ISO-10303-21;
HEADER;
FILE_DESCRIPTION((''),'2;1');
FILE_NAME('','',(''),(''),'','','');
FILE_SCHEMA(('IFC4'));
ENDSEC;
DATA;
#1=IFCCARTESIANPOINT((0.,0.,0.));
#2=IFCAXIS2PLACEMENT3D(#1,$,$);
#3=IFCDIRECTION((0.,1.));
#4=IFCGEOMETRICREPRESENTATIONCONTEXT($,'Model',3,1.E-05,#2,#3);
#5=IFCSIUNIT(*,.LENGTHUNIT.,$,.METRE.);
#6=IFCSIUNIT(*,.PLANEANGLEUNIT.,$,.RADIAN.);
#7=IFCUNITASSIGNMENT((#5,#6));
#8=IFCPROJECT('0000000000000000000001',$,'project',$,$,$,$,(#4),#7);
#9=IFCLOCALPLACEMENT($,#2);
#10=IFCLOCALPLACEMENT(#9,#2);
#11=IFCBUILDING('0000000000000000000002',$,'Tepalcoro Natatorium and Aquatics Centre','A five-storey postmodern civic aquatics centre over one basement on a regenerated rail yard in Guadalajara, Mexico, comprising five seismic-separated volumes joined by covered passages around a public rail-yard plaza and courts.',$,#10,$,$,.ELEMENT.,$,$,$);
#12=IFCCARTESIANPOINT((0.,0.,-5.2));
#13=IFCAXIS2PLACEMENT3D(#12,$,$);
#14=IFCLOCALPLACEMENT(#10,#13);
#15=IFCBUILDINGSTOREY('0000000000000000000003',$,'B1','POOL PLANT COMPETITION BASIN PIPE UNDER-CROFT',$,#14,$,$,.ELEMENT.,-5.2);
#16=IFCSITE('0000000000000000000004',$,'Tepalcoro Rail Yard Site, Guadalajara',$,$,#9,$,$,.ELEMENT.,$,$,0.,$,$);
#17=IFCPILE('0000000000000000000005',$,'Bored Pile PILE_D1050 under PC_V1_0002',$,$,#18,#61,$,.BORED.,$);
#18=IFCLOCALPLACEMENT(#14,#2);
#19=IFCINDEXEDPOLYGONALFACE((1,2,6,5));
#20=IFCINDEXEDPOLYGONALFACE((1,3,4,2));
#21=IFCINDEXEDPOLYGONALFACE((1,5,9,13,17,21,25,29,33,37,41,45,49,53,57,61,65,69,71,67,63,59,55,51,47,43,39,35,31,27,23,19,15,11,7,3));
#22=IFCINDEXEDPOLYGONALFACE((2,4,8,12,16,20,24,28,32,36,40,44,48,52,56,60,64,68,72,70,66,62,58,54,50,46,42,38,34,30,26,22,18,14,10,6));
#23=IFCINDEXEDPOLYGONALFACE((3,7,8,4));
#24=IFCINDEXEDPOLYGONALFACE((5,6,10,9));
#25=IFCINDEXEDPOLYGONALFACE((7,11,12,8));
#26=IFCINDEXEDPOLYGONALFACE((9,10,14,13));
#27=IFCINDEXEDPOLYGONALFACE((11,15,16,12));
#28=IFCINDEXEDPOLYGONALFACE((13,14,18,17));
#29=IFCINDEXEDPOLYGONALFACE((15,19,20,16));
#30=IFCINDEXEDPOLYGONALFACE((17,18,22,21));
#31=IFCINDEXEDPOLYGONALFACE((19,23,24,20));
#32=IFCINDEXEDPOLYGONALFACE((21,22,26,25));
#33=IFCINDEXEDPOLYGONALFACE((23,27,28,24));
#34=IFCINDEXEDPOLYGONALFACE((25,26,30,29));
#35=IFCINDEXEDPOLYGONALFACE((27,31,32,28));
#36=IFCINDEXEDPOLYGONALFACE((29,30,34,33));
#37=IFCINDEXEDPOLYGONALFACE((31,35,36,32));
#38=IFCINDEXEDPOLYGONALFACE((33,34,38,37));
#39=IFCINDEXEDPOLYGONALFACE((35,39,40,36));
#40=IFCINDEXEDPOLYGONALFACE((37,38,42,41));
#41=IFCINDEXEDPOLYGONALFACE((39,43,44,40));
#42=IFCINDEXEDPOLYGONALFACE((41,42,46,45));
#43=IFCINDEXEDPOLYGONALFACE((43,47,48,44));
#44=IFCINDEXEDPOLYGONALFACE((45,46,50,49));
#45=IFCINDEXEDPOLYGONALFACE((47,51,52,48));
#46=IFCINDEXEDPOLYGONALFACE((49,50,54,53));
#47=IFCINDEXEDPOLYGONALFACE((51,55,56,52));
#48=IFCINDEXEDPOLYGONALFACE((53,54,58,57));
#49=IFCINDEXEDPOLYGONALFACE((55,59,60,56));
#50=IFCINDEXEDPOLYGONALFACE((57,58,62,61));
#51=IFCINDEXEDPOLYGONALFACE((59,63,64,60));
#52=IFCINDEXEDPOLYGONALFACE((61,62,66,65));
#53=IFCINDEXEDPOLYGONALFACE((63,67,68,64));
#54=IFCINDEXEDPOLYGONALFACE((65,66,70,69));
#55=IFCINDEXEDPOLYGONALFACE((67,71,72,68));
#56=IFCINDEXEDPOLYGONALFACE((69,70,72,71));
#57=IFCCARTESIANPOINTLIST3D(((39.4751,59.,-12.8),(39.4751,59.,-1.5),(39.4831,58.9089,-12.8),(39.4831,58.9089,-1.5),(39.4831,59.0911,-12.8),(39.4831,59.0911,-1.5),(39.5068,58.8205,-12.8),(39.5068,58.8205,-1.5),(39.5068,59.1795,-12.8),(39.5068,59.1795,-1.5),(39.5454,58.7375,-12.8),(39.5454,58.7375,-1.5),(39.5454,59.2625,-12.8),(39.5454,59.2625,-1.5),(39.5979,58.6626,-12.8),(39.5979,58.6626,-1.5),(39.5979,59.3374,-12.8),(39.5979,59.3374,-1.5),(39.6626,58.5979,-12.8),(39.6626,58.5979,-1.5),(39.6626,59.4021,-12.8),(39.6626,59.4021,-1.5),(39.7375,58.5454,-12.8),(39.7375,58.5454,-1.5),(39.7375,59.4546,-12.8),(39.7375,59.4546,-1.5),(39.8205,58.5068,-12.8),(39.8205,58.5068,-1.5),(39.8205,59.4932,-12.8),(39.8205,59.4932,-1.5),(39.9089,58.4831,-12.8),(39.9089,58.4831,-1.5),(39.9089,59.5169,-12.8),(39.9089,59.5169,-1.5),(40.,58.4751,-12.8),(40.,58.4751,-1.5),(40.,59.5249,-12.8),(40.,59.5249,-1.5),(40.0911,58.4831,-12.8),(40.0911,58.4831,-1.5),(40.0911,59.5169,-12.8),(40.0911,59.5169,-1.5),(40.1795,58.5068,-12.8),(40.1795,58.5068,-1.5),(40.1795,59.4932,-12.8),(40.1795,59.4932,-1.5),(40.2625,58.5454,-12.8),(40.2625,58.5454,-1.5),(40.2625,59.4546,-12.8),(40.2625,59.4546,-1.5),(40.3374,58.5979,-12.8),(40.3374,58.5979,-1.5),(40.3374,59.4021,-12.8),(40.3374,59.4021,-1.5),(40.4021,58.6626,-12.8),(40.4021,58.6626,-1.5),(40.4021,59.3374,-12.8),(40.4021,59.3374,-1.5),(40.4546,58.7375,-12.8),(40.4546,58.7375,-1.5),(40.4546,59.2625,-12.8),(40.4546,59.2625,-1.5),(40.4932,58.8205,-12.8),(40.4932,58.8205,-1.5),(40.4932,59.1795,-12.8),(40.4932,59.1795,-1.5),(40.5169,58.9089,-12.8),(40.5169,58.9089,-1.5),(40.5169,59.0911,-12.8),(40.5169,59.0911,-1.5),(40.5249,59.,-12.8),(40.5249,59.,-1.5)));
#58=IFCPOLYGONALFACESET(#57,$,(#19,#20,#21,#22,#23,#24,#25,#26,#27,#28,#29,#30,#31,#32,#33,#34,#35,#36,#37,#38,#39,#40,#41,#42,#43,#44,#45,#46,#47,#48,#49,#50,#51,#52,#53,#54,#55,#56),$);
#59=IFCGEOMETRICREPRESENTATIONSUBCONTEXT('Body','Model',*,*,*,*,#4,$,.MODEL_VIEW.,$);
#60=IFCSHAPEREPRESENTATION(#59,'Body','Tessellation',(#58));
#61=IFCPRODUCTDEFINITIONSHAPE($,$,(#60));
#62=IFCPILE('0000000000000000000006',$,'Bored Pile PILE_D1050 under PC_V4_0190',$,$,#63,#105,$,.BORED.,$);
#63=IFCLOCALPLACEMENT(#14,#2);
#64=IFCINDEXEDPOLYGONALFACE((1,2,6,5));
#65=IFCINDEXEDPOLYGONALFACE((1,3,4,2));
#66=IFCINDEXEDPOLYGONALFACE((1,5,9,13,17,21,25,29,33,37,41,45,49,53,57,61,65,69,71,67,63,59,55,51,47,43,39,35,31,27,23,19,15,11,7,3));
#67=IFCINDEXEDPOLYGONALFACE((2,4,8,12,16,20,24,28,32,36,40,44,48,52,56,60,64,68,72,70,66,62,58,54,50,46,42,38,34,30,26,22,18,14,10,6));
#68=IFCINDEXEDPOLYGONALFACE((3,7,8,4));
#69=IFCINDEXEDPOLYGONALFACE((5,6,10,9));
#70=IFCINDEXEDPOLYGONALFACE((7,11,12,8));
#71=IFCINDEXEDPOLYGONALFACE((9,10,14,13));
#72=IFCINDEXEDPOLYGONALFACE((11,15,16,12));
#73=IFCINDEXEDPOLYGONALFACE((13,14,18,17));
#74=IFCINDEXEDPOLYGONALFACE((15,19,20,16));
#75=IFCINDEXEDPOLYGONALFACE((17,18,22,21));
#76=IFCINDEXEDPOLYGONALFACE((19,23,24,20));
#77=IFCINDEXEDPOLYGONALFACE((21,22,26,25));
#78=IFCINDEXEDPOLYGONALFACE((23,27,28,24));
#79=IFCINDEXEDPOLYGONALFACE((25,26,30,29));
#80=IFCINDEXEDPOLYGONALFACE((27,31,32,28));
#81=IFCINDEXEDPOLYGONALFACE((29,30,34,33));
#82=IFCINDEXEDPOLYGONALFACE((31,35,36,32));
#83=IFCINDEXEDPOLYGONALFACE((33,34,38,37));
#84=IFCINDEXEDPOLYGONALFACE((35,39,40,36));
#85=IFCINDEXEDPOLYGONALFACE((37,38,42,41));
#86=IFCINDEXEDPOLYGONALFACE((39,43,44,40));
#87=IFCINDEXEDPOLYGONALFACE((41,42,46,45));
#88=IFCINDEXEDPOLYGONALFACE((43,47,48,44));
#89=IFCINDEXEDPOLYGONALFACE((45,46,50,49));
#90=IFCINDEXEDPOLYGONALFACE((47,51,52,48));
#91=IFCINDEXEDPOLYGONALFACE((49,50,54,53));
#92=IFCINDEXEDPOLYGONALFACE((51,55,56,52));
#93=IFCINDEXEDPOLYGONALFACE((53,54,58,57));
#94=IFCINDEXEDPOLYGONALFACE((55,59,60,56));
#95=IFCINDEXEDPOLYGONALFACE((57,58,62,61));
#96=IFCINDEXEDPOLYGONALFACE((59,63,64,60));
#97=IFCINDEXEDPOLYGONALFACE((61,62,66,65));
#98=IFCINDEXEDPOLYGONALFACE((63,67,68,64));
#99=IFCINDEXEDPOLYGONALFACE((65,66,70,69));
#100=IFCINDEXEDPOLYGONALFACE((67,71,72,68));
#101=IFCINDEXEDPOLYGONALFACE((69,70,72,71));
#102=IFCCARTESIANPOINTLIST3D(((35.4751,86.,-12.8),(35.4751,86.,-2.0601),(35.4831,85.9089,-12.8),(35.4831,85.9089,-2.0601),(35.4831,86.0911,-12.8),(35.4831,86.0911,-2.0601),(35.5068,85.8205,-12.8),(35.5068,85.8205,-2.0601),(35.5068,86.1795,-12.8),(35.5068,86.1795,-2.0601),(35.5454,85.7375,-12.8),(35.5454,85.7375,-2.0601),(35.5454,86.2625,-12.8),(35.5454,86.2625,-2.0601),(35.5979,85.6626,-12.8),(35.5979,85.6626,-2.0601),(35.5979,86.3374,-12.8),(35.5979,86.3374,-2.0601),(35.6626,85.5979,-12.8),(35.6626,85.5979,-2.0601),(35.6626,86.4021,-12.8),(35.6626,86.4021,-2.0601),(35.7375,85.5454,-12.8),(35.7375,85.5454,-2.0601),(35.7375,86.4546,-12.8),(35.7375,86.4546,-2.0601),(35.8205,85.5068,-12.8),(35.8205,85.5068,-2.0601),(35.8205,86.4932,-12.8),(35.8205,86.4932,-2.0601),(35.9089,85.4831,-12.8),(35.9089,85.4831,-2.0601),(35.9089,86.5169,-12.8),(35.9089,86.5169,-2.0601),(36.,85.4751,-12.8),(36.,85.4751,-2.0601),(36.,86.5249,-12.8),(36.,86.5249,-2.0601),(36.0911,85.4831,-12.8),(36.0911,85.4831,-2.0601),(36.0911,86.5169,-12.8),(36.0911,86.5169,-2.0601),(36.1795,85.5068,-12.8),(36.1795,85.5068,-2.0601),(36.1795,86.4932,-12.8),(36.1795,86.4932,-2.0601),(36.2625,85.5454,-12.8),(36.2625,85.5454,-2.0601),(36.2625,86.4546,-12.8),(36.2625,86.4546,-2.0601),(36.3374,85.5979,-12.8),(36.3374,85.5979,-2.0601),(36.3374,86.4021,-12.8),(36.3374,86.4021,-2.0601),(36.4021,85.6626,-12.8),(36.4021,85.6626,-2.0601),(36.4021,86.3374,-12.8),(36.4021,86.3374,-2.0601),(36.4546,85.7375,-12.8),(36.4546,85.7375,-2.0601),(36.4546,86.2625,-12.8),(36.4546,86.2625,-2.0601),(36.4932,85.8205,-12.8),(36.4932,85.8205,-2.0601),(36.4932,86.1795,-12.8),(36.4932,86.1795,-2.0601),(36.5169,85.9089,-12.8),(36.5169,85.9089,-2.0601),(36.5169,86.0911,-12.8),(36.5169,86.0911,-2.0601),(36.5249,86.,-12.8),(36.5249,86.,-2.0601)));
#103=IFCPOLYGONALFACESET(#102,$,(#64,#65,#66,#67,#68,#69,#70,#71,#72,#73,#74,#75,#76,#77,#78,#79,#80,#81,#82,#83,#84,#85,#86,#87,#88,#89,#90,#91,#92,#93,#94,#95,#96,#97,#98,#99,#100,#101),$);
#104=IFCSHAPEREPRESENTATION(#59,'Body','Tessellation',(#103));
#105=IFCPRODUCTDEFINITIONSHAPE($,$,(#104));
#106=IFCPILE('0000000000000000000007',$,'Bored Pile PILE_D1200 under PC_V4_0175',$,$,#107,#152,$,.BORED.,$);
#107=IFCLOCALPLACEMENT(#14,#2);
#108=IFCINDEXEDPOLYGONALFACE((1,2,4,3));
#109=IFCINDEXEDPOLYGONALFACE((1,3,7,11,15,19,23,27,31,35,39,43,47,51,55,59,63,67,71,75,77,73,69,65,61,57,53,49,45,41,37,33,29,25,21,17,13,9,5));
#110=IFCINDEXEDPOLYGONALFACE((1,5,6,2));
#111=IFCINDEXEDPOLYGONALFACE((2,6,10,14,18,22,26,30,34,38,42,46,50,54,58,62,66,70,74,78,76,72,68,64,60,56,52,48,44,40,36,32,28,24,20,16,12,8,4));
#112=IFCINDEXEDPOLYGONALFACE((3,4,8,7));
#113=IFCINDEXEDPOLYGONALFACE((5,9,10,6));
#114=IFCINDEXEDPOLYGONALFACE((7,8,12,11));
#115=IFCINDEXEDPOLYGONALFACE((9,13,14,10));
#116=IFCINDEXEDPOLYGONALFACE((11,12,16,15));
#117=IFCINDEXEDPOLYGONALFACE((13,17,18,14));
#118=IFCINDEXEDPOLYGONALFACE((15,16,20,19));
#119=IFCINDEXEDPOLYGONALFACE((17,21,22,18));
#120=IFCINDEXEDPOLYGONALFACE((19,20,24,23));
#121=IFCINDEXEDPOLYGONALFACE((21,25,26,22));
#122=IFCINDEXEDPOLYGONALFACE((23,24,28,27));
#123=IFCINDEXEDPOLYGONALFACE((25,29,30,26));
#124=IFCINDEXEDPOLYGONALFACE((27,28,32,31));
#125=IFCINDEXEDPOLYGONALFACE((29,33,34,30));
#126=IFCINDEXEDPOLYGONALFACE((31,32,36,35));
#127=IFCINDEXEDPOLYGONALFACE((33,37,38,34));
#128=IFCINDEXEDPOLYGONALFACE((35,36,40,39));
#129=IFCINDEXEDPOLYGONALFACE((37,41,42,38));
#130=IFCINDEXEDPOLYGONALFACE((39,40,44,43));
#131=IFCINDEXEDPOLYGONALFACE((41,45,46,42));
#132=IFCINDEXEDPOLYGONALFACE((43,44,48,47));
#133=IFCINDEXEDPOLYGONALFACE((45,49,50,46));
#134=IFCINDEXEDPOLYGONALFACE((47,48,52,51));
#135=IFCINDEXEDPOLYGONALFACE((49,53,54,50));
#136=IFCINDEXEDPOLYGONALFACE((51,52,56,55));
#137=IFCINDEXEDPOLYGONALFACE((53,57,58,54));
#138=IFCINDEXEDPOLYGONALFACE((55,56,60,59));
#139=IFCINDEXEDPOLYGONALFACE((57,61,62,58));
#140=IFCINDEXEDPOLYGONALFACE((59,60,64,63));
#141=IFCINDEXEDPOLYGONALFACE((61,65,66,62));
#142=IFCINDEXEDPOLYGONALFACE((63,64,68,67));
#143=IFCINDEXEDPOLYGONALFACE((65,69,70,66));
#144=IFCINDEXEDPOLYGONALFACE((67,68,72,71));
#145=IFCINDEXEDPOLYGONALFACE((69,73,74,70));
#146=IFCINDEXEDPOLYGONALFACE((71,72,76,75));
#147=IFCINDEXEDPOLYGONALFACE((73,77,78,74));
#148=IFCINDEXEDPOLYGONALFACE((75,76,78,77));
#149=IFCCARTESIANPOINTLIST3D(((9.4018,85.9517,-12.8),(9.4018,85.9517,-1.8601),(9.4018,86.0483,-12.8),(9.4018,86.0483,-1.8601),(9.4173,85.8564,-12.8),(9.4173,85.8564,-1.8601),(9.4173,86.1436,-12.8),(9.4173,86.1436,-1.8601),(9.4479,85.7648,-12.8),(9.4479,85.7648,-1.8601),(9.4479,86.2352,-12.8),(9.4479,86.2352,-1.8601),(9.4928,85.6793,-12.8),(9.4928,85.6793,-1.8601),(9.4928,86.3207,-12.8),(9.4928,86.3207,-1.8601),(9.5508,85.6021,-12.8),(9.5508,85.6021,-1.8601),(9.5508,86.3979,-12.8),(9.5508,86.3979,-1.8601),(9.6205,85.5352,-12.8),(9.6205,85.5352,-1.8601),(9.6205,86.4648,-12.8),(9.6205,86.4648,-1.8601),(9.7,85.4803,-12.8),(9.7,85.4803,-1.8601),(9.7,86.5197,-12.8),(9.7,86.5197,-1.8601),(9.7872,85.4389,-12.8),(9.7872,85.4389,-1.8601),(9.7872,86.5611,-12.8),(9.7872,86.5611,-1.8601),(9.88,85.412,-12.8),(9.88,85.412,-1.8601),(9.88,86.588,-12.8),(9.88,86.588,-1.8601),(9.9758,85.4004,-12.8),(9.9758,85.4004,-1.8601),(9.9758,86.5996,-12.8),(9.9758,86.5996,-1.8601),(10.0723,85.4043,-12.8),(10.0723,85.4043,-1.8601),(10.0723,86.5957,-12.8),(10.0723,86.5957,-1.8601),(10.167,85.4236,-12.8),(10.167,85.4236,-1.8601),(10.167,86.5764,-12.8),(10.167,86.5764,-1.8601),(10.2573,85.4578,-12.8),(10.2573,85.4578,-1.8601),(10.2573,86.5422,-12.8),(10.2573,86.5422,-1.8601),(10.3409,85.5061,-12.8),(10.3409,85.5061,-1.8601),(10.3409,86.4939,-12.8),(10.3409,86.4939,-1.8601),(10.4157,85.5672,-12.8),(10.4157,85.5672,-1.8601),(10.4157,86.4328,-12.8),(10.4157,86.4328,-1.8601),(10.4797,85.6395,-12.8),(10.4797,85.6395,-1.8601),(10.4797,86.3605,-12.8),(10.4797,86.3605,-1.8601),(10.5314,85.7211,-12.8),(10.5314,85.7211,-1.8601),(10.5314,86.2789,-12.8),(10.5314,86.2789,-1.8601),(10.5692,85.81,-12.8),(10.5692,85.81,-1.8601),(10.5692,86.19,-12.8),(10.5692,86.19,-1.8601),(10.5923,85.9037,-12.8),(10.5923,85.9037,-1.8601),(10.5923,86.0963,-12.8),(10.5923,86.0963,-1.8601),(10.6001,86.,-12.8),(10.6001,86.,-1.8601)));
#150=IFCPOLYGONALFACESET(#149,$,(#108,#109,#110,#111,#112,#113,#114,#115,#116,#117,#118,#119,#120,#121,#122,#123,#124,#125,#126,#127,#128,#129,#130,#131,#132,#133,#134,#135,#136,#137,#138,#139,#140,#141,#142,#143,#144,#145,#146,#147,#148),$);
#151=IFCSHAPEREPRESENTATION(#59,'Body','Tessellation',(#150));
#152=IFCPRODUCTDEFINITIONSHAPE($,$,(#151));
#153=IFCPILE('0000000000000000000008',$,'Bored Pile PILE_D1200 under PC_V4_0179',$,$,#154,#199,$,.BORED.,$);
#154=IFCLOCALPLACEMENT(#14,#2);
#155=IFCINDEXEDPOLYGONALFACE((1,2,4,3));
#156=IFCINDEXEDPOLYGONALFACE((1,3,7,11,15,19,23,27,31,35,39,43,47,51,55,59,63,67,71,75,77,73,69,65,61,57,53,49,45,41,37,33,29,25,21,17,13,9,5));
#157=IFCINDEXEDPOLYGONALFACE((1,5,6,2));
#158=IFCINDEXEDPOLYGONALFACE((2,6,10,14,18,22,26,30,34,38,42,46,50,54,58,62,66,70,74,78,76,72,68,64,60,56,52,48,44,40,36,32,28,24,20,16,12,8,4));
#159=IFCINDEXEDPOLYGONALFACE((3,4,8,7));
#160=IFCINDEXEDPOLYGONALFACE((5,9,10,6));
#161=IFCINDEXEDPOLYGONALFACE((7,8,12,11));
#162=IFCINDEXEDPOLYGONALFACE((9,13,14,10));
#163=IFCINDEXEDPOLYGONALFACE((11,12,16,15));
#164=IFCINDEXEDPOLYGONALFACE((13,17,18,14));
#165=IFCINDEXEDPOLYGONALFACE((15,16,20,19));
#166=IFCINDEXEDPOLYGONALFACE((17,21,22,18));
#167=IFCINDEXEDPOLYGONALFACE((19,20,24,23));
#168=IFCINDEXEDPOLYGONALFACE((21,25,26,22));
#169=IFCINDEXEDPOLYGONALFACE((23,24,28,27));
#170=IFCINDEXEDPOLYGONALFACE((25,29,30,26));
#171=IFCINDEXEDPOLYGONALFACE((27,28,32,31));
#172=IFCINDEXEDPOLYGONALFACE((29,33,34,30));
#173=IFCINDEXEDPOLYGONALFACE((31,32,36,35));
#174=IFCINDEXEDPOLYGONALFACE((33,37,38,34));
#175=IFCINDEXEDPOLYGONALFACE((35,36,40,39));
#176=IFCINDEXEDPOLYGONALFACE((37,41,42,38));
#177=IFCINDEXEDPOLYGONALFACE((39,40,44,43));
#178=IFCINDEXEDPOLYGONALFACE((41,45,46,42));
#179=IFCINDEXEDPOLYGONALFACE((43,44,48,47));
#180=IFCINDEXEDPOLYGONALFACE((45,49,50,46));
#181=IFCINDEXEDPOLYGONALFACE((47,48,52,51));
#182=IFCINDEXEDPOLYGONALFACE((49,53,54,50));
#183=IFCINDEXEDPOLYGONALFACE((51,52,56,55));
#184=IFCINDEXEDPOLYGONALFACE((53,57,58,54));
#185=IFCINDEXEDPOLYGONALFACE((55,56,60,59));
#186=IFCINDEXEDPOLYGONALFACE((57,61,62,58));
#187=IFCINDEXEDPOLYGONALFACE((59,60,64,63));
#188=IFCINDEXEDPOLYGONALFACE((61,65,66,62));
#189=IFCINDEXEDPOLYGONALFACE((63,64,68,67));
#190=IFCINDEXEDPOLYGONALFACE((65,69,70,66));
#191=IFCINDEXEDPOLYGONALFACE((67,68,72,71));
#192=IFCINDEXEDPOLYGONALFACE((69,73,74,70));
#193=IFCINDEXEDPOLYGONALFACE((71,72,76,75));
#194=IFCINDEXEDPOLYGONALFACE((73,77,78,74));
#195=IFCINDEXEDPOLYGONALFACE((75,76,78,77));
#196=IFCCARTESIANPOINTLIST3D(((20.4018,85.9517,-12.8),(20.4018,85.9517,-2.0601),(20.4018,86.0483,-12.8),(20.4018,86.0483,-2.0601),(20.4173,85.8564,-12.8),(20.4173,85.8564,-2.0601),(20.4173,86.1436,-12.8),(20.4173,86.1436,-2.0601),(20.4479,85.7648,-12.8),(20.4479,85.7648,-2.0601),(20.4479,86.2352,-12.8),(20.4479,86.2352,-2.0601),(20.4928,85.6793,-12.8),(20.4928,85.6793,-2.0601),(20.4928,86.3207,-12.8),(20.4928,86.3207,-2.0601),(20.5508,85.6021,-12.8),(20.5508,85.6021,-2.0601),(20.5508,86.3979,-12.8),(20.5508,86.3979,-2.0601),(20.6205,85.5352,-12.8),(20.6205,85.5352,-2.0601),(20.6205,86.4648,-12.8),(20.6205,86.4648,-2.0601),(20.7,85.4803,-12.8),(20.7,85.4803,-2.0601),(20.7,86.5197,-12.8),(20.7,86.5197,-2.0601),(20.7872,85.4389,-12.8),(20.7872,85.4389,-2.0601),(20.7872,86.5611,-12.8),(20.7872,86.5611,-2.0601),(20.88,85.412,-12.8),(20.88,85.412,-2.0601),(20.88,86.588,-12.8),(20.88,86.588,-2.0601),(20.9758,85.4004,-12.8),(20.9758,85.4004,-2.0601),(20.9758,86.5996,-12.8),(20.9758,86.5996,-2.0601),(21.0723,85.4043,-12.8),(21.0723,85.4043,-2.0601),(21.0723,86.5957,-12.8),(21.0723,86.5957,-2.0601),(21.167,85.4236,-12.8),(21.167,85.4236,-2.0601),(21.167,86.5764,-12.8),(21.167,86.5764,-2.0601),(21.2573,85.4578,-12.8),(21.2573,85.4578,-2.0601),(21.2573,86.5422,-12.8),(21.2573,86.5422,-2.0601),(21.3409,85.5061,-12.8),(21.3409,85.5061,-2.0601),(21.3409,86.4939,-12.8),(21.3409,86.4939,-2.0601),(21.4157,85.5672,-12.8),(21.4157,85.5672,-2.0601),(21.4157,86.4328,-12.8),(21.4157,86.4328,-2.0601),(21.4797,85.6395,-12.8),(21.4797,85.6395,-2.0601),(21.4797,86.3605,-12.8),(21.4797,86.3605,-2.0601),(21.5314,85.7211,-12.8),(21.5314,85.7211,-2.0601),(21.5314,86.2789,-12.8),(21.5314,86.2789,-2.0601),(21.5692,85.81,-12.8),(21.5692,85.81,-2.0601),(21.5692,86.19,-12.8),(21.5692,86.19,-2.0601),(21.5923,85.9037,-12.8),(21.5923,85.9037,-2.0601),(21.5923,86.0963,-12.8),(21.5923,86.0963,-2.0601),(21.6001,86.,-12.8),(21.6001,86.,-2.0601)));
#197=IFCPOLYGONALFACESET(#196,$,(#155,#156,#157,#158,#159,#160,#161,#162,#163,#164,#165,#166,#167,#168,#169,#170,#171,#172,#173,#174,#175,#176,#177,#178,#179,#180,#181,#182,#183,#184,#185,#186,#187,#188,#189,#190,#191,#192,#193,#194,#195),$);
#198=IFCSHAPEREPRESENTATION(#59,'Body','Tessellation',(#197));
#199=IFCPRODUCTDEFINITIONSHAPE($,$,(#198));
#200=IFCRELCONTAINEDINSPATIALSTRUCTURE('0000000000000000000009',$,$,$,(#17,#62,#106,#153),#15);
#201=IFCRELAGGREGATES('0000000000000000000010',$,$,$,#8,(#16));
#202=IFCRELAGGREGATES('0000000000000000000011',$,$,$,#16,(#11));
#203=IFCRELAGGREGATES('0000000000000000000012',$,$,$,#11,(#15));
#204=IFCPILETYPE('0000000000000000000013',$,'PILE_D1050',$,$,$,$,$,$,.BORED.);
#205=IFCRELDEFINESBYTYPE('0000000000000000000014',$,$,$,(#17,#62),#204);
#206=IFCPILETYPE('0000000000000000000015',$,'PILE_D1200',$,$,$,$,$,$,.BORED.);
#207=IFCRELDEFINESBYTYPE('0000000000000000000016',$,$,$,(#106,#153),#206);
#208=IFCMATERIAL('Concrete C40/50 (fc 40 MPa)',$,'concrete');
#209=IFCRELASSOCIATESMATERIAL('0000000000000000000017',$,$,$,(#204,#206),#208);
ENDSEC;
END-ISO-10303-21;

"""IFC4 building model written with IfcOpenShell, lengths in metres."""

from ifc_helpers import new_model, si_unit, direction, frame, origin, origin_2d, place, context, subcontext, project, spatial, circle, extrude, material, material_profile, profile_set, type_object, element, save


model = new_model("IFC4")

# Units and contexts
model_context = context("Model", 3, precision=1e-05, world=origin(), true_north=direction((0.0, 1.0)))
body_context = subcontext(model_context, "Body", "Model", "MODEL_VIEW")
ifc_project = project(units=[si_unit("LENGTHUNIT", "METRE"), si_unit("PLANEANGLEUNIT", "RADIAN")], contexts=[model_context])

# Site, building, storey
site_placement = place(None, origin())
site = spatial("IfcSite", under=ifc_project, at=site_placement, Name="Tepalcoro Rail Yard Site, Guadalajara", CompositionType="ELEMENT", RefElevation=0.0)
building_placement = place(site_placement, origin())
building = spatial("IfcBuilding", under=site, at=building_placement, Name="Tepalcoro Natatorium and Aquatics Centre", Description="A five-storey postmodern civic aquatics centre over one basement on a regenerated rail yard in Guadalajara, Mexico, comprising five seismic-separated volumes joined by covered passages around a public rail-yard plaza and courts.", CompositionType="ELEMENT")
storey_placement = place(building_placement, frame((0.0, 0.0, -5.2)))
storey = spatial("IfcBuildingStorey", under=building, at=storey_placement, Name="B1", Description="POOL PLANT COMPETITION BASIN PIPE UNDER-CROFT", CompositionType="ELEMENT", Elevation=-5.2)

# Piles
ifc_material = material(Name="Concrete C40/50 (fc 40 MPa)", Category="concrete")
ifc_material_profile_1 = material_profile(ifc_material, circle(Radius=0.5249, at=origin_2d()), Name="PILE_D1050")
ifc_profile_set_1 = profile_set([ifc_material_profile_1], Name="Concrete C40/50 (fc 40 MPa)")
pile_type_1 = type_object("IfcPileType", Name="PILE_D1050", PredefinedType="BORED", material=ifc_profile_set_1)
pile_1_placement = place(storey_placement, frame((40.0, 59.0, -1.5), z_axis=(0.0, 0.0, -1.0), x_axis=(1.0, 0.0, 0.0)))
element("IfcPile", 1, at=pile_1_placement, inside=storey, type_object=pile_type_1, Name="Bored Pile PILE_D1050 under PC_V1_0002", PredefinedType="BORED", context=body_context, shape_type="SweptSolid", body=[
    extrude(circle(Radius=0.5249, at=origin_2d()), origin(), (0.0, 0.0, 1.0), 11.3),
])
pile_2_placement = place(storey_placement, frame((36.0, 86.0, -2.0601), z_axis=(0.0, 0.0, -1.0), x_axis=(1.0, 0.0, 0.0)))
element("IfcPile", 2, at=pile_2_placement, inside=storey, type_object=pile_type_1, Name="Bored Pile PILE_D1050 under PC_V4_0190", PredefinedType="BORED", context=body_context, shape_type="SweptSolid", body=[
    extrude(circle(Radius=0.5249, at=origin_2d()), origin(), (0.0, 0.0, 1.0), 10.74),
])
ifc_material_profile_2 = material_profile(ifc_material, circle(Radius=0.6001, at=origin_2d()), Name="PILE_D1200")
ifc_profile_set_2 = profile_set([ifc_material_profile_2], Name="Concrete C40/50 (fc 40 MPa)")
pile_type_2 = type_object("IfcPileType", Name="PILE_D1200", PredefinedType="BORED", material=ifc_profile_set_2)
pile_3_placement = place(storey_placement, frame((10.0, 86.0, -1.8601), z_axis=(0.0, 0.0, -1.0), x_axis=(1.0, 0.0, 0.0)))
element("IfcPile", 3, at=pile_3_placement, inside=storey, type_object=pile_type_2, Name="Bored Pile PILE_D1200 under PC_V4_0175", PredefinedType="BORED", context=body_context, shape_type="SweptSolid", body=[
    extrude(circle(Radius=0.6001, at=origin_2d()), origin(), (0.0, 0.0, 1.0), 10.9399),
])
pile_4_placement = place(storey_placement, frame((21.0, 86.0, -2.0601), z_axis=(0.0, 0.0, -1.0), x_axis=(1.0, 0.0, 0.0)))
element("IfcPile", 4, at=pile_4_placement, inside=storey, type_object=pile_type_2, Name="Bored Pile PILE_D1200 under PC_V4_0179", PredefinedType="BORED", context=body_context, shape_type="SweptSolid", body=[
    extrude(circle(Radius=0.6001, at=origin_2d()), origin(), (0.0, 0.0, 1.0), 10.74),
])

save(model, "model.ifc")
